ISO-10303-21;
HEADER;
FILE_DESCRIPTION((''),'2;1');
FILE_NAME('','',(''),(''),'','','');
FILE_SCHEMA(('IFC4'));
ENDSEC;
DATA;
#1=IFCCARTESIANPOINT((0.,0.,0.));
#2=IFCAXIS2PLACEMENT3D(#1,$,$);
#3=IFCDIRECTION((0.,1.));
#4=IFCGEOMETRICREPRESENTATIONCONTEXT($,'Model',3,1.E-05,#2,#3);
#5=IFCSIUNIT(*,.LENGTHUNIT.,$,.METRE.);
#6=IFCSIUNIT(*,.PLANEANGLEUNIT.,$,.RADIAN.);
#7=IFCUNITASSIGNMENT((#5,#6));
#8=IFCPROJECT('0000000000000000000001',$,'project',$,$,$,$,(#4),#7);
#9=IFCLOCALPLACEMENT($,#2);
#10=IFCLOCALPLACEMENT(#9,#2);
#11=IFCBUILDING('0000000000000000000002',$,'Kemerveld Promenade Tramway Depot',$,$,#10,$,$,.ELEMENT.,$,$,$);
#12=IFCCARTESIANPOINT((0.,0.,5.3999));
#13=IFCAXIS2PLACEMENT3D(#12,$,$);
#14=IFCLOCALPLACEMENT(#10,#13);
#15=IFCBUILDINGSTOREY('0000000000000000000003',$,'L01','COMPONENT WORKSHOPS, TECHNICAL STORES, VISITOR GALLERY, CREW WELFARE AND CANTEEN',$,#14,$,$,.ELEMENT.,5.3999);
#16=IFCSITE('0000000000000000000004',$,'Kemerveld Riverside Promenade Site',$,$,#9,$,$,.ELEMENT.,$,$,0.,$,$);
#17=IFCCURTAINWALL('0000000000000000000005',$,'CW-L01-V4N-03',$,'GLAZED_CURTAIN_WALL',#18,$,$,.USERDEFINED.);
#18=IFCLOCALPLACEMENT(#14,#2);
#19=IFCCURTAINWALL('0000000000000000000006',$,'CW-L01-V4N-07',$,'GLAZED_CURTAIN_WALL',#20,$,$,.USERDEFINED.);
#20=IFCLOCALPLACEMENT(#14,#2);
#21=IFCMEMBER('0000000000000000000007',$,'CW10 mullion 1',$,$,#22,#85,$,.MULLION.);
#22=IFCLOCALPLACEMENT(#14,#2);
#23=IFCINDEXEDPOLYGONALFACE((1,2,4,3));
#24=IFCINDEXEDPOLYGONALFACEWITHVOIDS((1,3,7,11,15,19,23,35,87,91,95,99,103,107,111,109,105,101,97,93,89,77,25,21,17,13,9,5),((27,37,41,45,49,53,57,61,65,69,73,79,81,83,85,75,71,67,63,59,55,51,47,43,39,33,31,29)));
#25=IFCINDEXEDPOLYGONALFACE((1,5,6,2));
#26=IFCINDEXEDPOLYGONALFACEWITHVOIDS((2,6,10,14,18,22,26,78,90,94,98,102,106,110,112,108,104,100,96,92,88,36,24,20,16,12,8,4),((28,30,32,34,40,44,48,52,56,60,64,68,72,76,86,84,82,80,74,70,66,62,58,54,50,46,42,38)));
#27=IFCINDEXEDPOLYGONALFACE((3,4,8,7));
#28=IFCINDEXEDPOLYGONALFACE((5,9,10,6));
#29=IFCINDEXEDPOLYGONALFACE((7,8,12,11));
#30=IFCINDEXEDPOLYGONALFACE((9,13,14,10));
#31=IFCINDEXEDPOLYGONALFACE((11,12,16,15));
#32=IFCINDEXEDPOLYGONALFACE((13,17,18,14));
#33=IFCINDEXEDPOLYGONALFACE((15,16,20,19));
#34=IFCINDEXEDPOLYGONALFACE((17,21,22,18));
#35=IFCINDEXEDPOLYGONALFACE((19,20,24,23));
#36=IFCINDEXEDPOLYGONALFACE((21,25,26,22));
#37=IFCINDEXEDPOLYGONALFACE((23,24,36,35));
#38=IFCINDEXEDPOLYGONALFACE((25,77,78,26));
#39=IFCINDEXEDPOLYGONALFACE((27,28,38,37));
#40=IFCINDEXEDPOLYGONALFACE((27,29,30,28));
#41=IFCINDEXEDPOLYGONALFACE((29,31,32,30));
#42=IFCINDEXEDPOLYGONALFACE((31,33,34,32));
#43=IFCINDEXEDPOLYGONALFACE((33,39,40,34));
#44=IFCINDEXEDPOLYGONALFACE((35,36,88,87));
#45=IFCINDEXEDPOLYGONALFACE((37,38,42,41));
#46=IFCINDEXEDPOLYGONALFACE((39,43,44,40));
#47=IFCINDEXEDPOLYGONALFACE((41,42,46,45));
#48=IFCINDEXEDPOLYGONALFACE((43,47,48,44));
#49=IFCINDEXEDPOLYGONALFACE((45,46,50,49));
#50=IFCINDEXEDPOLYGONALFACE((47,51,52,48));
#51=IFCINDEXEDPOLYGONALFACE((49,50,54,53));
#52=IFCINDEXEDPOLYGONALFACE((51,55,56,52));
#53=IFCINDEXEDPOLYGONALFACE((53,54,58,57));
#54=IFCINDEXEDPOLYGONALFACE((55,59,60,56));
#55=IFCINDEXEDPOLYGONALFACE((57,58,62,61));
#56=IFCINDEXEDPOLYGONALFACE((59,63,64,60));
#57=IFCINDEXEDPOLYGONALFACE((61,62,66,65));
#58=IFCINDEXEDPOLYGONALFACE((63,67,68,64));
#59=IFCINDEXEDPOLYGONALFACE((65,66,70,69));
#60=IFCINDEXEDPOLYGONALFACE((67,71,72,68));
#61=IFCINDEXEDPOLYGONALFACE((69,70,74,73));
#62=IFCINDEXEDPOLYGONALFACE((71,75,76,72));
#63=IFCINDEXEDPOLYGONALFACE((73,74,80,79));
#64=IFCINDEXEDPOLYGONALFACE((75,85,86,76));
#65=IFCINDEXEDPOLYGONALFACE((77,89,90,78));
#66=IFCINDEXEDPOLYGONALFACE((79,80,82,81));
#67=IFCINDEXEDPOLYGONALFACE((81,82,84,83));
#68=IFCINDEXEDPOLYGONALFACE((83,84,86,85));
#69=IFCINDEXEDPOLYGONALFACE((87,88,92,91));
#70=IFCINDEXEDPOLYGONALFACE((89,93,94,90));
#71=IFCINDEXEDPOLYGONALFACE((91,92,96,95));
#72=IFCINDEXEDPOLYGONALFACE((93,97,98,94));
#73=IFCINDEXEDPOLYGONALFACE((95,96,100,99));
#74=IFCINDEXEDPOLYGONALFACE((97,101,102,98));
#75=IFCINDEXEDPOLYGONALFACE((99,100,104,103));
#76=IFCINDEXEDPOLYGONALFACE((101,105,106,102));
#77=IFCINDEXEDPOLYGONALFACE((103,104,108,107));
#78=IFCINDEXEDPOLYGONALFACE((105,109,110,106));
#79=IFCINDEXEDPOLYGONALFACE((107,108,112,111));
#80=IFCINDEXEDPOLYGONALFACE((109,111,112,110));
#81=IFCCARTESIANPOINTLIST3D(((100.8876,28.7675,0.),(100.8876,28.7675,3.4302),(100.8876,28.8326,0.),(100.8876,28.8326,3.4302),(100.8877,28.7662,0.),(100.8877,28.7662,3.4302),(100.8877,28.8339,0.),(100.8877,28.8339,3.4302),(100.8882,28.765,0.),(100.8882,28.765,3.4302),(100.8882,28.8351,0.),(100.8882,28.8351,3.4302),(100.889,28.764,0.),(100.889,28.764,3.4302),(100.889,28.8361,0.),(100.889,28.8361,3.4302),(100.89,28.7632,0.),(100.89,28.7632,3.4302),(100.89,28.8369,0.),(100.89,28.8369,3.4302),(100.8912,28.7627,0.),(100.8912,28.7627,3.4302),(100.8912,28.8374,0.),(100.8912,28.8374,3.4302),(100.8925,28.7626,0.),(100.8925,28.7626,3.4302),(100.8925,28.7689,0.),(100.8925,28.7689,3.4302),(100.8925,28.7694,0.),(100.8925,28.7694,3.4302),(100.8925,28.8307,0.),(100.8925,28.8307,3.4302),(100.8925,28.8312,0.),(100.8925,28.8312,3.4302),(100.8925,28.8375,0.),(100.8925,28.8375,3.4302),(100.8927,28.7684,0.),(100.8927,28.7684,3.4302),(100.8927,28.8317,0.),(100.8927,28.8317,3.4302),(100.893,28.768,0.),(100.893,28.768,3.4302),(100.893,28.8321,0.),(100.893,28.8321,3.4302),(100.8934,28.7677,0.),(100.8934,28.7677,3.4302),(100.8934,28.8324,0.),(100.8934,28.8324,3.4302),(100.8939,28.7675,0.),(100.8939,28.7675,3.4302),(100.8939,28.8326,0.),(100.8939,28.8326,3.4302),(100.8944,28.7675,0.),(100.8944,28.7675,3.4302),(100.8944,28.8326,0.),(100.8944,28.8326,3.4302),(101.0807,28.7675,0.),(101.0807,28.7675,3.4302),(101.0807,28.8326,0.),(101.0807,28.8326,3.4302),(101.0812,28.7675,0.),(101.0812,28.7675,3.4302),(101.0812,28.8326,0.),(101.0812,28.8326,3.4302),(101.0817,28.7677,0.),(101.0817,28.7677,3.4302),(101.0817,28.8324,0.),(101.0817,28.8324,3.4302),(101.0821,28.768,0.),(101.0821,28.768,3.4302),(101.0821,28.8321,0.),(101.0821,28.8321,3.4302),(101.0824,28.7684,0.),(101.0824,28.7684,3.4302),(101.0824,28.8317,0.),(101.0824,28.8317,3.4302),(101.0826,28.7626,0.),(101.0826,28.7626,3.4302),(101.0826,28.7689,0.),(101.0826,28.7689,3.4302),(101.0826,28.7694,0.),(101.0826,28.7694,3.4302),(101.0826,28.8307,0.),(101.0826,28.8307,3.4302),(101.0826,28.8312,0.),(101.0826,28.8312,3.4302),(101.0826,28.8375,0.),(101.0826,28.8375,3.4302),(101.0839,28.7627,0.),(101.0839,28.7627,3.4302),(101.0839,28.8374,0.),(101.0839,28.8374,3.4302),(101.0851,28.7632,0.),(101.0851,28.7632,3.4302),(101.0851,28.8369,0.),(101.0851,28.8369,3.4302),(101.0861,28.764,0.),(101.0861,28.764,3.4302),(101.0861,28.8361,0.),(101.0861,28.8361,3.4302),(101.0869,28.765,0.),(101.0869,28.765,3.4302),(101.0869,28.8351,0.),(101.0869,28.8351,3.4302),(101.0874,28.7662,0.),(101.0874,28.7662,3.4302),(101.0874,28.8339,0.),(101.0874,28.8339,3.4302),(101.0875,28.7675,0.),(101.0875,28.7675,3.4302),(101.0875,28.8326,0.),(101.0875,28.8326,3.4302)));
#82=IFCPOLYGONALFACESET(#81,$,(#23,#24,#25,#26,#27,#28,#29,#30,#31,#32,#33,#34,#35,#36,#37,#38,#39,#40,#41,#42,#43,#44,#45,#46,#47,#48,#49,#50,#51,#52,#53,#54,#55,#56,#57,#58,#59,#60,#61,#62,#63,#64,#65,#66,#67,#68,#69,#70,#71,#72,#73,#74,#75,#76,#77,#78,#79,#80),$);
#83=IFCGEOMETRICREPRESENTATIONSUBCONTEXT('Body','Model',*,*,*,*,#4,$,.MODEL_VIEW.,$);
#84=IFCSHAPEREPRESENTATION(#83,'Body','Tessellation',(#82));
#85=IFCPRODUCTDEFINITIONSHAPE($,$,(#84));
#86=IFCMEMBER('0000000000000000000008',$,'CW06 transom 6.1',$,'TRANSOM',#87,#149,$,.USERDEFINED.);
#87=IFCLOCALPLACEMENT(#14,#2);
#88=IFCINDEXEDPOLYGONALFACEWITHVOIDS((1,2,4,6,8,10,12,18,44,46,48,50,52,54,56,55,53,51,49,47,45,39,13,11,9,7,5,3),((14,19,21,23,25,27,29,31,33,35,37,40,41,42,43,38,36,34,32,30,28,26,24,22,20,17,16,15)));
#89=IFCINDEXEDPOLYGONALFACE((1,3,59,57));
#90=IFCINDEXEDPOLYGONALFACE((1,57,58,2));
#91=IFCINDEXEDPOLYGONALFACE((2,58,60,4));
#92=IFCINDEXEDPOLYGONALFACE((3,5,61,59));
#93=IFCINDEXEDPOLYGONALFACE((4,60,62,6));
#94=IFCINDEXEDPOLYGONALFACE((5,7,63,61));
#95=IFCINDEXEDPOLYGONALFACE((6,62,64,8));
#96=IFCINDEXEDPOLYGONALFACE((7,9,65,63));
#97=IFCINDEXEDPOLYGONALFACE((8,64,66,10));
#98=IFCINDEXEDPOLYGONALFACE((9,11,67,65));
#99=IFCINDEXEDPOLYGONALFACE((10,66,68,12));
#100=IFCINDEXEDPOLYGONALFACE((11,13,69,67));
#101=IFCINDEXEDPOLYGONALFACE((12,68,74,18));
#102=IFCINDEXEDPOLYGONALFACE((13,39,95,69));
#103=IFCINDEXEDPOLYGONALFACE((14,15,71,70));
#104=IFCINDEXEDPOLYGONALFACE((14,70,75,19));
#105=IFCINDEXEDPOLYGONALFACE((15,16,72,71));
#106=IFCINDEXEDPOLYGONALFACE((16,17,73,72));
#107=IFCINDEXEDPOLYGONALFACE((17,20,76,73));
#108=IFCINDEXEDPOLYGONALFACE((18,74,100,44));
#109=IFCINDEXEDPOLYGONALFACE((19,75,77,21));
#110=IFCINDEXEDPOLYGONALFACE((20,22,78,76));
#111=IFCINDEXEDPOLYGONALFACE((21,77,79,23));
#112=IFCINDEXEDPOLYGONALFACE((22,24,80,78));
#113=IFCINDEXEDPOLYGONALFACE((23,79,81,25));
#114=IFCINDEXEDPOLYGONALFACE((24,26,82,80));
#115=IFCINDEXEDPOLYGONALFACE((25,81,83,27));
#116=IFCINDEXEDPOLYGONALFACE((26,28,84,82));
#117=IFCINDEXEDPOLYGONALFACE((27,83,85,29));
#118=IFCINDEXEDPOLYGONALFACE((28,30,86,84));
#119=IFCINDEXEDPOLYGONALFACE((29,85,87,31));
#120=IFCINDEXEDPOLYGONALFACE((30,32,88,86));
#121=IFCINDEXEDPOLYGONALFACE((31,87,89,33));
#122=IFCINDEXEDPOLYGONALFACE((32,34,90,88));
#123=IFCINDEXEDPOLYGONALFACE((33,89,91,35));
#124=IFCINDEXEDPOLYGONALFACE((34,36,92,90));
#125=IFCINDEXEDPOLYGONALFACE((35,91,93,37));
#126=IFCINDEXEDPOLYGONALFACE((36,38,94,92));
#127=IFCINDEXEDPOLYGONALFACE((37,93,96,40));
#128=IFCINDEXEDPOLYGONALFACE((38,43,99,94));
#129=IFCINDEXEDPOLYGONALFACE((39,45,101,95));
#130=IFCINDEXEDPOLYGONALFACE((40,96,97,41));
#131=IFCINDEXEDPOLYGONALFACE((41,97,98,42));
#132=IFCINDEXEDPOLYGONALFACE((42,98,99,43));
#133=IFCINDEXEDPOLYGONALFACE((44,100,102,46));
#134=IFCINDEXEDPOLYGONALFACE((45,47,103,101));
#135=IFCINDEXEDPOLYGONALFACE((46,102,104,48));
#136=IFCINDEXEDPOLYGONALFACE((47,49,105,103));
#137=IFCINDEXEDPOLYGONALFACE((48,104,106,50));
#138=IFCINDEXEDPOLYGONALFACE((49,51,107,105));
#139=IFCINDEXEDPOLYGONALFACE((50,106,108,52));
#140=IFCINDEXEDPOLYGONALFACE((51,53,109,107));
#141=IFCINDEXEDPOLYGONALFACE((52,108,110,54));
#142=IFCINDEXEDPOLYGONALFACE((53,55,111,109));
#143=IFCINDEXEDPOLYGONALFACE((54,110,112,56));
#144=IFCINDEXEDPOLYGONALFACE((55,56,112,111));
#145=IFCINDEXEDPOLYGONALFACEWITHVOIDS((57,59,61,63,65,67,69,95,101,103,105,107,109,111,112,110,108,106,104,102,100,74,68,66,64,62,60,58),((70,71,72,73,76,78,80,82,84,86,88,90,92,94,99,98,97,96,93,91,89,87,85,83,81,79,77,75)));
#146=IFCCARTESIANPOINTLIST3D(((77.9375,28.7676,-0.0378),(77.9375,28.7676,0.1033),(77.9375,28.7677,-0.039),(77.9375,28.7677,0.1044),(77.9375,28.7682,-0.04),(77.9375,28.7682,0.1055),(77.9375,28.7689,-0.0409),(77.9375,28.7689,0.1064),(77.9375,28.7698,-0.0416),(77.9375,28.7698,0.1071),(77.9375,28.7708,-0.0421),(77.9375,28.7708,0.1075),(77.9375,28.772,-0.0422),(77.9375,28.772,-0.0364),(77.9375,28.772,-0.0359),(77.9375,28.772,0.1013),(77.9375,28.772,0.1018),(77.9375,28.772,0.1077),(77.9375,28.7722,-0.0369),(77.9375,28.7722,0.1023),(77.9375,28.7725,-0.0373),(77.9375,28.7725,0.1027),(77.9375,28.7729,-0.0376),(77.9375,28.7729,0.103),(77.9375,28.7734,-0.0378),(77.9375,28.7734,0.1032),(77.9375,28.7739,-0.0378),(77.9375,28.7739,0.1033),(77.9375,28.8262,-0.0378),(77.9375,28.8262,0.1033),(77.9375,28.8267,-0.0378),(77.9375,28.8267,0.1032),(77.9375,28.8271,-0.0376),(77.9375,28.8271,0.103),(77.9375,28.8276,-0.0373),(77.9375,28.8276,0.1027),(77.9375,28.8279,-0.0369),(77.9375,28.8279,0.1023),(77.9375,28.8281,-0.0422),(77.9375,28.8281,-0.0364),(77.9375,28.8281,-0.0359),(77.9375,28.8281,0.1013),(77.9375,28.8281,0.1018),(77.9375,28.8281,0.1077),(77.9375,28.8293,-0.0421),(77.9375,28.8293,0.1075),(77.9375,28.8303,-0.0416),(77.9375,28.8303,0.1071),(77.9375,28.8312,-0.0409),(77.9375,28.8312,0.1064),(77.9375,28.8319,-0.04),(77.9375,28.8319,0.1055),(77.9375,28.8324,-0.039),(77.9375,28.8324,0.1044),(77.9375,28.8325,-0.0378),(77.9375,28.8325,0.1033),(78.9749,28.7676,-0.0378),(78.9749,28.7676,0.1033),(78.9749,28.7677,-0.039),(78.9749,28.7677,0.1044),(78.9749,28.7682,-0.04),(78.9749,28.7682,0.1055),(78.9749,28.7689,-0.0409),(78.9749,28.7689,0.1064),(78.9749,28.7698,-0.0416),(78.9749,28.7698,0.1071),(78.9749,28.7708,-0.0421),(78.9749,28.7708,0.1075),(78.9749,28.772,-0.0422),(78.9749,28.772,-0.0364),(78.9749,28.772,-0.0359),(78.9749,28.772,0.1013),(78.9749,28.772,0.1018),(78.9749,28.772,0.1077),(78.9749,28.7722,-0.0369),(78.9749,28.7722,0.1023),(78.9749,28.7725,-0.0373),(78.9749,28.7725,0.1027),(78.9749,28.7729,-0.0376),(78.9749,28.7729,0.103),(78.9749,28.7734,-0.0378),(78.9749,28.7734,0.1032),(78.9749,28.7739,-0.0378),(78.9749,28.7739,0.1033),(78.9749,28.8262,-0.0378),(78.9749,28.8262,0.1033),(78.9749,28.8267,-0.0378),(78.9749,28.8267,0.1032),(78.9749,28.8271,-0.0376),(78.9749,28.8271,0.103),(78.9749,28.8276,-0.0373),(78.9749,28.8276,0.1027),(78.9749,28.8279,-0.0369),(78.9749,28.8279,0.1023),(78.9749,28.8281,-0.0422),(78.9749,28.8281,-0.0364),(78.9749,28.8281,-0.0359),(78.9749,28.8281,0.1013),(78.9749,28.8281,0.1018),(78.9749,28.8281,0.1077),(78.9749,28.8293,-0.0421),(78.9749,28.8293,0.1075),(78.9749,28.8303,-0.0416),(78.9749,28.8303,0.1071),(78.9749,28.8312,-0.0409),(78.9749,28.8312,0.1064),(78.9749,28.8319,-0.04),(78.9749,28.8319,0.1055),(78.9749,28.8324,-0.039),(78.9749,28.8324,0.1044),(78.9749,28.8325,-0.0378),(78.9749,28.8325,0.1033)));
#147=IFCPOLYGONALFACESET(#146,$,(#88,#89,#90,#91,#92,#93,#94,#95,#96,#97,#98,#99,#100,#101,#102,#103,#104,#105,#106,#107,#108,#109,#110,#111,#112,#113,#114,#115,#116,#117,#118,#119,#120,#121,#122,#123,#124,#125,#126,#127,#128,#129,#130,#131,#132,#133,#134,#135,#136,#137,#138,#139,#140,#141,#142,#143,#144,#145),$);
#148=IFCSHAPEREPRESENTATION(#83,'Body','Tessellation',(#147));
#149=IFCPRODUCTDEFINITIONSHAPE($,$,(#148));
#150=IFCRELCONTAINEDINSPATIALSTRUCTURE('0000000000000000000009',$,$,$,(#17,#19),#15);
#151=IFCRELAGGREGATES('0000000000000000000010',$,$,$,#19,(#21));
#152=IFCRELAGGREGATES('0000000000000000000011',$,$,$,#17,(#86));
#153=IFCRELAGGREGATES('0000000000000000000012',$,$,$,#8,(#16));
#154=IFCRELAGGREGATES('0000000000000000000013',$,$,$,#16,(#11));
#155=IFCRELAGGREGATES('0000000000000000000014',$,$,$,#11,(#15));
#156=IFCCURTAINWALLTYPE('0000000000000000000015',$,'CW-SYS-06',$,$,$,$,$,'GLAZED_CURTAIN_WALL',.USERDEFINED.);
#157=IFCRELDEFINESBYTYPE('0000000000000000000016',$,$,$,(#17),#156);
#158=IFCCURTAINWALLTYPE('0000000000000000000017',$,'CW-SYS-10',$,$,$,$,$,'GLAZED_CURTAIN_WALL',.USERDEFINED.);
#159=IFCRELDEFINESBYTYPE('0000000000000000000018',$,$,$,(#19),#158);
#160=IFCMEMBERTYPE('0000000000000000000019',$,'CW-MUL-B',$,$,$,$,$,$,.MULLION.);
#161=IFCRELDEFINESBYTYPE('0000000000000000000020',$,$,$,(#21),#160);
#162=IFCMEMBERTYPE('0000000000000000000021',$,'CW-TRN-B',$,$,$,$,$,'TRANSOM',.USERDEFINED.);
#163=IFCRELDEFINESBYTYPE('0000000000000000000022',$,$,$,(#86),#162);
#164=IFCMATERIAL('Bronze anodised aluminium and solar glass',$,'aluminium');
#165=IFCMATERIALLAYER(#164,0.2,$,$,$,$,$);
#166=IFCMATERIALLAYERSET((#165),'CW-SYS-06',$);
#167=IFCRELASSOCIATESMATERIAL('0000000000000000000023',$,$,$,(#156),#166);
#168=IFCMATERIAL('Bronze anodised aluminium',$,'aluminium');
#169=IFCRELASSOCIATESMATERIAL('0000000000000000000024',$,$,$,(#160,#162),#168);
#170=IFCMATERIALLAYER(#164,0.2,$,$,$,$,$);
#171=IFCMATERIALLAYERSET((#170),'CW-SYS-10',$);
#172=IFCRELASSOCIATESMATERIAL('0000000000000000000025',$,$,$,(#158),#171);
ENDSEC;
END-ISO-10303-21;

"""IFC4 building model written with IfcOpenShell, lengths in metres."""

from ifc_helpers import new_model, si_unit, direction, frame, origin, origin_2d, place, context, subcontext, project, spatial, hollow_rectangle, extrude, material, layer, layer_set, material_profile, profile_set, type_object, element, aggregate, save


model = new_model("IFC4")

# Units and contexts
model_context = context("Model", 3, precision=1e-05, world=origin(), true_north=direction((0.0, 1.0)))
body_context = subcontext(model_context, "Body", "Model", "MODEL_VIEW")
ifc_project = project(units=[si_unit("LENGTHUNIT", "METRE"), si_unit("PLANEANGLEUNIT", "RADIAN")], contexts=[model_context])

# Site, building, storey
site_placement = place(None, origin())
site = spatial("IfcSite", under=ifc_project, at=site_placement, Name="Kemerveld Riverside Promenade Site", CompositionType="ELEMENT", RefElevation=0.0)
building_placement = place(site_placement, origin())
building = spatial("IfcBuilding", under=site, at=building_placement, Name="Kemerveld Promenade Tramway Depot", CompositionType="ELEMENT")
storey_placement = place(building_placement, frame((0.0, 0.0, 5.3999)))
storey = spatial("IfcBuildingStorey", under=building, at=storey_placement, Name="L01", Description="COMPONENT WORKSHOPS, TECHNICAL STORES, VISITOR GALLERY, CREW WELFARE AND CANTEEN", CompositionType="ELEMENT", Elevation=5.3999)

# Curtain wall
ifc_material_1 = material(Name="Bronze anodised aluminium and solar glass", Category="aluminium")
ifc_layer_1 = layer(ifc_material_1, 0.2)
ifc_layer_set_1 = layer_set([ifc_layer_1], Name="CW-SYS-06")
curtain_wall_type_1 = type_object("IfcCurtainWallType", Name="CW-SYS-06", ElementType="GLAZED_CURTAIN_WALL", PredefinedType="USERDEFINED", material=ifc_layer_set_1)
curtain_wall_1_placement = place(storey_placement, origin())
curtain_wall_1 = element("IfcCurtainWall", 1, at=curtain_wall_1_placement, inside=storey, type_object=curtain_wall_type_1, Name="CW-L01-V4N-03", ObjectType="GLAZED_CURTAIN_WALL", PredefinedType="USERDEFINED")
ifc_material_2 = material(Name="Bronze anodised aluminium", Category="aluminium")
ifc_material_profile_1 = material_profile(ifc_material_2, hollow_rectangle(XDim=0.075, YDim=0.2, WallThickness=0.0049, InnerFilletRadius=0.002, OuterFilletRadius=0.0049, at=origin_2d()), Name="CW-MUL-200x75")
ifc_profile_set_1 = profile_set([ifc_material_profile_1], Name="Bronze anodised aluminium")
member_type_1 = type_object("IfcMemberType", Name="CW-MUL-B", PredefinedType="MULLION", material=ifc_profile_set_1)

# Curtain wall, member
ifc_layer_2 = layer(ifc_material_1, 0.2)
ifc_layer_set_2 = layer_set([ifc_layer_2], Name="CW-SYS-10")
curtain_wall_type_2 = type_object("IfcCurtainWallType", Name="CW-SYS-10", ElementType="GLAZED_CURTAIN_WALL", PredefinedType="USERDEFINED", material=ifc_layer_set_2)
curtain_wall_2_placement = place(storey_placement, origin())
curtain_wall_2 = element("IfcCurtainWall", 2, at=curtain_wall_2_placement, inside=storey, type_object=curtain_wall_type_2, Name="CW-L01-V4N-07", ObjectType="GLAZED_CURTAIN_WALL", PredefinedType="USERDEFINED")
member_1_placement = place(storey_placement, frame((100.9875, 28.8, 0.0), z_axis=(0.0, 0.0, 1.0), x_axis=(0.0, 1.0, 0.0)))
member_1 = element("IfcMember", 3, at=member_1_placement, type_object=member_type_1, Name="CW10 mullion 1", PredefinedType="MULLION", context=body_context, shape_type="SweptSolid", body=[
    extrude(hollow_rectangle(XDim=0.075, YDim=0.2, WallThickness=0.0049, InnerFilletRadius=0.002, OuterFilletRadius=0.0049, at=origin_2d()), origin(), (0.0, 0.0, 1.0), 3.4302),
])

# Member
ifc_material_profile_2 = material_profile(ifc_material_2, hollow_rectangle(XDim=0.0649, YDim=0.1499, WallThickness=0.0044, InnerFilletRadius=0.002, OuterFilletRadius=0.0044, at=origin_2d()), Name="CW-TRN-150x65")
ifc_profile_set_2 = profile_set([ifc_material_profile_2], Name="Bronze anodised aluminium")
member_type_2 = type_object("IfcMemberType", Name="CW-TRN-B", ElementType="TRANSOM", PredefinedType="USERDEFINED", material=ifc_profile_set_2)
member_2_placement = place(storey_placement, frame((77.9375, 28.8, 0.0327), z_axis=(1.0, 0.0, 0.0), x_axis=(0.0, 1.0, 0.0)))
member_2 = element("IfcMember", 4, at=member_2_placement, type_object=member_type_2, Name="CW06 transom 6.1", ObjectType="TRANSOM", PredefinedType="USERDEFINED", context=body_context, shape_type="SweptSolid", body=[
    extrude(hollow_rectangle(XDim=0.0649, YDim=0.1499, WallThickness=0.0044, InnerFilletRadius=0.002, OuterFilletRadius=0.0044, at=origin_2d()), origin(), (0.0, 0.0, 1.0), 1.0374),
])

aggregate(curtain_wall_2, [member_1])
aggregate(curtain_wall_1, [member_2])

save(model, "model.ifc")
